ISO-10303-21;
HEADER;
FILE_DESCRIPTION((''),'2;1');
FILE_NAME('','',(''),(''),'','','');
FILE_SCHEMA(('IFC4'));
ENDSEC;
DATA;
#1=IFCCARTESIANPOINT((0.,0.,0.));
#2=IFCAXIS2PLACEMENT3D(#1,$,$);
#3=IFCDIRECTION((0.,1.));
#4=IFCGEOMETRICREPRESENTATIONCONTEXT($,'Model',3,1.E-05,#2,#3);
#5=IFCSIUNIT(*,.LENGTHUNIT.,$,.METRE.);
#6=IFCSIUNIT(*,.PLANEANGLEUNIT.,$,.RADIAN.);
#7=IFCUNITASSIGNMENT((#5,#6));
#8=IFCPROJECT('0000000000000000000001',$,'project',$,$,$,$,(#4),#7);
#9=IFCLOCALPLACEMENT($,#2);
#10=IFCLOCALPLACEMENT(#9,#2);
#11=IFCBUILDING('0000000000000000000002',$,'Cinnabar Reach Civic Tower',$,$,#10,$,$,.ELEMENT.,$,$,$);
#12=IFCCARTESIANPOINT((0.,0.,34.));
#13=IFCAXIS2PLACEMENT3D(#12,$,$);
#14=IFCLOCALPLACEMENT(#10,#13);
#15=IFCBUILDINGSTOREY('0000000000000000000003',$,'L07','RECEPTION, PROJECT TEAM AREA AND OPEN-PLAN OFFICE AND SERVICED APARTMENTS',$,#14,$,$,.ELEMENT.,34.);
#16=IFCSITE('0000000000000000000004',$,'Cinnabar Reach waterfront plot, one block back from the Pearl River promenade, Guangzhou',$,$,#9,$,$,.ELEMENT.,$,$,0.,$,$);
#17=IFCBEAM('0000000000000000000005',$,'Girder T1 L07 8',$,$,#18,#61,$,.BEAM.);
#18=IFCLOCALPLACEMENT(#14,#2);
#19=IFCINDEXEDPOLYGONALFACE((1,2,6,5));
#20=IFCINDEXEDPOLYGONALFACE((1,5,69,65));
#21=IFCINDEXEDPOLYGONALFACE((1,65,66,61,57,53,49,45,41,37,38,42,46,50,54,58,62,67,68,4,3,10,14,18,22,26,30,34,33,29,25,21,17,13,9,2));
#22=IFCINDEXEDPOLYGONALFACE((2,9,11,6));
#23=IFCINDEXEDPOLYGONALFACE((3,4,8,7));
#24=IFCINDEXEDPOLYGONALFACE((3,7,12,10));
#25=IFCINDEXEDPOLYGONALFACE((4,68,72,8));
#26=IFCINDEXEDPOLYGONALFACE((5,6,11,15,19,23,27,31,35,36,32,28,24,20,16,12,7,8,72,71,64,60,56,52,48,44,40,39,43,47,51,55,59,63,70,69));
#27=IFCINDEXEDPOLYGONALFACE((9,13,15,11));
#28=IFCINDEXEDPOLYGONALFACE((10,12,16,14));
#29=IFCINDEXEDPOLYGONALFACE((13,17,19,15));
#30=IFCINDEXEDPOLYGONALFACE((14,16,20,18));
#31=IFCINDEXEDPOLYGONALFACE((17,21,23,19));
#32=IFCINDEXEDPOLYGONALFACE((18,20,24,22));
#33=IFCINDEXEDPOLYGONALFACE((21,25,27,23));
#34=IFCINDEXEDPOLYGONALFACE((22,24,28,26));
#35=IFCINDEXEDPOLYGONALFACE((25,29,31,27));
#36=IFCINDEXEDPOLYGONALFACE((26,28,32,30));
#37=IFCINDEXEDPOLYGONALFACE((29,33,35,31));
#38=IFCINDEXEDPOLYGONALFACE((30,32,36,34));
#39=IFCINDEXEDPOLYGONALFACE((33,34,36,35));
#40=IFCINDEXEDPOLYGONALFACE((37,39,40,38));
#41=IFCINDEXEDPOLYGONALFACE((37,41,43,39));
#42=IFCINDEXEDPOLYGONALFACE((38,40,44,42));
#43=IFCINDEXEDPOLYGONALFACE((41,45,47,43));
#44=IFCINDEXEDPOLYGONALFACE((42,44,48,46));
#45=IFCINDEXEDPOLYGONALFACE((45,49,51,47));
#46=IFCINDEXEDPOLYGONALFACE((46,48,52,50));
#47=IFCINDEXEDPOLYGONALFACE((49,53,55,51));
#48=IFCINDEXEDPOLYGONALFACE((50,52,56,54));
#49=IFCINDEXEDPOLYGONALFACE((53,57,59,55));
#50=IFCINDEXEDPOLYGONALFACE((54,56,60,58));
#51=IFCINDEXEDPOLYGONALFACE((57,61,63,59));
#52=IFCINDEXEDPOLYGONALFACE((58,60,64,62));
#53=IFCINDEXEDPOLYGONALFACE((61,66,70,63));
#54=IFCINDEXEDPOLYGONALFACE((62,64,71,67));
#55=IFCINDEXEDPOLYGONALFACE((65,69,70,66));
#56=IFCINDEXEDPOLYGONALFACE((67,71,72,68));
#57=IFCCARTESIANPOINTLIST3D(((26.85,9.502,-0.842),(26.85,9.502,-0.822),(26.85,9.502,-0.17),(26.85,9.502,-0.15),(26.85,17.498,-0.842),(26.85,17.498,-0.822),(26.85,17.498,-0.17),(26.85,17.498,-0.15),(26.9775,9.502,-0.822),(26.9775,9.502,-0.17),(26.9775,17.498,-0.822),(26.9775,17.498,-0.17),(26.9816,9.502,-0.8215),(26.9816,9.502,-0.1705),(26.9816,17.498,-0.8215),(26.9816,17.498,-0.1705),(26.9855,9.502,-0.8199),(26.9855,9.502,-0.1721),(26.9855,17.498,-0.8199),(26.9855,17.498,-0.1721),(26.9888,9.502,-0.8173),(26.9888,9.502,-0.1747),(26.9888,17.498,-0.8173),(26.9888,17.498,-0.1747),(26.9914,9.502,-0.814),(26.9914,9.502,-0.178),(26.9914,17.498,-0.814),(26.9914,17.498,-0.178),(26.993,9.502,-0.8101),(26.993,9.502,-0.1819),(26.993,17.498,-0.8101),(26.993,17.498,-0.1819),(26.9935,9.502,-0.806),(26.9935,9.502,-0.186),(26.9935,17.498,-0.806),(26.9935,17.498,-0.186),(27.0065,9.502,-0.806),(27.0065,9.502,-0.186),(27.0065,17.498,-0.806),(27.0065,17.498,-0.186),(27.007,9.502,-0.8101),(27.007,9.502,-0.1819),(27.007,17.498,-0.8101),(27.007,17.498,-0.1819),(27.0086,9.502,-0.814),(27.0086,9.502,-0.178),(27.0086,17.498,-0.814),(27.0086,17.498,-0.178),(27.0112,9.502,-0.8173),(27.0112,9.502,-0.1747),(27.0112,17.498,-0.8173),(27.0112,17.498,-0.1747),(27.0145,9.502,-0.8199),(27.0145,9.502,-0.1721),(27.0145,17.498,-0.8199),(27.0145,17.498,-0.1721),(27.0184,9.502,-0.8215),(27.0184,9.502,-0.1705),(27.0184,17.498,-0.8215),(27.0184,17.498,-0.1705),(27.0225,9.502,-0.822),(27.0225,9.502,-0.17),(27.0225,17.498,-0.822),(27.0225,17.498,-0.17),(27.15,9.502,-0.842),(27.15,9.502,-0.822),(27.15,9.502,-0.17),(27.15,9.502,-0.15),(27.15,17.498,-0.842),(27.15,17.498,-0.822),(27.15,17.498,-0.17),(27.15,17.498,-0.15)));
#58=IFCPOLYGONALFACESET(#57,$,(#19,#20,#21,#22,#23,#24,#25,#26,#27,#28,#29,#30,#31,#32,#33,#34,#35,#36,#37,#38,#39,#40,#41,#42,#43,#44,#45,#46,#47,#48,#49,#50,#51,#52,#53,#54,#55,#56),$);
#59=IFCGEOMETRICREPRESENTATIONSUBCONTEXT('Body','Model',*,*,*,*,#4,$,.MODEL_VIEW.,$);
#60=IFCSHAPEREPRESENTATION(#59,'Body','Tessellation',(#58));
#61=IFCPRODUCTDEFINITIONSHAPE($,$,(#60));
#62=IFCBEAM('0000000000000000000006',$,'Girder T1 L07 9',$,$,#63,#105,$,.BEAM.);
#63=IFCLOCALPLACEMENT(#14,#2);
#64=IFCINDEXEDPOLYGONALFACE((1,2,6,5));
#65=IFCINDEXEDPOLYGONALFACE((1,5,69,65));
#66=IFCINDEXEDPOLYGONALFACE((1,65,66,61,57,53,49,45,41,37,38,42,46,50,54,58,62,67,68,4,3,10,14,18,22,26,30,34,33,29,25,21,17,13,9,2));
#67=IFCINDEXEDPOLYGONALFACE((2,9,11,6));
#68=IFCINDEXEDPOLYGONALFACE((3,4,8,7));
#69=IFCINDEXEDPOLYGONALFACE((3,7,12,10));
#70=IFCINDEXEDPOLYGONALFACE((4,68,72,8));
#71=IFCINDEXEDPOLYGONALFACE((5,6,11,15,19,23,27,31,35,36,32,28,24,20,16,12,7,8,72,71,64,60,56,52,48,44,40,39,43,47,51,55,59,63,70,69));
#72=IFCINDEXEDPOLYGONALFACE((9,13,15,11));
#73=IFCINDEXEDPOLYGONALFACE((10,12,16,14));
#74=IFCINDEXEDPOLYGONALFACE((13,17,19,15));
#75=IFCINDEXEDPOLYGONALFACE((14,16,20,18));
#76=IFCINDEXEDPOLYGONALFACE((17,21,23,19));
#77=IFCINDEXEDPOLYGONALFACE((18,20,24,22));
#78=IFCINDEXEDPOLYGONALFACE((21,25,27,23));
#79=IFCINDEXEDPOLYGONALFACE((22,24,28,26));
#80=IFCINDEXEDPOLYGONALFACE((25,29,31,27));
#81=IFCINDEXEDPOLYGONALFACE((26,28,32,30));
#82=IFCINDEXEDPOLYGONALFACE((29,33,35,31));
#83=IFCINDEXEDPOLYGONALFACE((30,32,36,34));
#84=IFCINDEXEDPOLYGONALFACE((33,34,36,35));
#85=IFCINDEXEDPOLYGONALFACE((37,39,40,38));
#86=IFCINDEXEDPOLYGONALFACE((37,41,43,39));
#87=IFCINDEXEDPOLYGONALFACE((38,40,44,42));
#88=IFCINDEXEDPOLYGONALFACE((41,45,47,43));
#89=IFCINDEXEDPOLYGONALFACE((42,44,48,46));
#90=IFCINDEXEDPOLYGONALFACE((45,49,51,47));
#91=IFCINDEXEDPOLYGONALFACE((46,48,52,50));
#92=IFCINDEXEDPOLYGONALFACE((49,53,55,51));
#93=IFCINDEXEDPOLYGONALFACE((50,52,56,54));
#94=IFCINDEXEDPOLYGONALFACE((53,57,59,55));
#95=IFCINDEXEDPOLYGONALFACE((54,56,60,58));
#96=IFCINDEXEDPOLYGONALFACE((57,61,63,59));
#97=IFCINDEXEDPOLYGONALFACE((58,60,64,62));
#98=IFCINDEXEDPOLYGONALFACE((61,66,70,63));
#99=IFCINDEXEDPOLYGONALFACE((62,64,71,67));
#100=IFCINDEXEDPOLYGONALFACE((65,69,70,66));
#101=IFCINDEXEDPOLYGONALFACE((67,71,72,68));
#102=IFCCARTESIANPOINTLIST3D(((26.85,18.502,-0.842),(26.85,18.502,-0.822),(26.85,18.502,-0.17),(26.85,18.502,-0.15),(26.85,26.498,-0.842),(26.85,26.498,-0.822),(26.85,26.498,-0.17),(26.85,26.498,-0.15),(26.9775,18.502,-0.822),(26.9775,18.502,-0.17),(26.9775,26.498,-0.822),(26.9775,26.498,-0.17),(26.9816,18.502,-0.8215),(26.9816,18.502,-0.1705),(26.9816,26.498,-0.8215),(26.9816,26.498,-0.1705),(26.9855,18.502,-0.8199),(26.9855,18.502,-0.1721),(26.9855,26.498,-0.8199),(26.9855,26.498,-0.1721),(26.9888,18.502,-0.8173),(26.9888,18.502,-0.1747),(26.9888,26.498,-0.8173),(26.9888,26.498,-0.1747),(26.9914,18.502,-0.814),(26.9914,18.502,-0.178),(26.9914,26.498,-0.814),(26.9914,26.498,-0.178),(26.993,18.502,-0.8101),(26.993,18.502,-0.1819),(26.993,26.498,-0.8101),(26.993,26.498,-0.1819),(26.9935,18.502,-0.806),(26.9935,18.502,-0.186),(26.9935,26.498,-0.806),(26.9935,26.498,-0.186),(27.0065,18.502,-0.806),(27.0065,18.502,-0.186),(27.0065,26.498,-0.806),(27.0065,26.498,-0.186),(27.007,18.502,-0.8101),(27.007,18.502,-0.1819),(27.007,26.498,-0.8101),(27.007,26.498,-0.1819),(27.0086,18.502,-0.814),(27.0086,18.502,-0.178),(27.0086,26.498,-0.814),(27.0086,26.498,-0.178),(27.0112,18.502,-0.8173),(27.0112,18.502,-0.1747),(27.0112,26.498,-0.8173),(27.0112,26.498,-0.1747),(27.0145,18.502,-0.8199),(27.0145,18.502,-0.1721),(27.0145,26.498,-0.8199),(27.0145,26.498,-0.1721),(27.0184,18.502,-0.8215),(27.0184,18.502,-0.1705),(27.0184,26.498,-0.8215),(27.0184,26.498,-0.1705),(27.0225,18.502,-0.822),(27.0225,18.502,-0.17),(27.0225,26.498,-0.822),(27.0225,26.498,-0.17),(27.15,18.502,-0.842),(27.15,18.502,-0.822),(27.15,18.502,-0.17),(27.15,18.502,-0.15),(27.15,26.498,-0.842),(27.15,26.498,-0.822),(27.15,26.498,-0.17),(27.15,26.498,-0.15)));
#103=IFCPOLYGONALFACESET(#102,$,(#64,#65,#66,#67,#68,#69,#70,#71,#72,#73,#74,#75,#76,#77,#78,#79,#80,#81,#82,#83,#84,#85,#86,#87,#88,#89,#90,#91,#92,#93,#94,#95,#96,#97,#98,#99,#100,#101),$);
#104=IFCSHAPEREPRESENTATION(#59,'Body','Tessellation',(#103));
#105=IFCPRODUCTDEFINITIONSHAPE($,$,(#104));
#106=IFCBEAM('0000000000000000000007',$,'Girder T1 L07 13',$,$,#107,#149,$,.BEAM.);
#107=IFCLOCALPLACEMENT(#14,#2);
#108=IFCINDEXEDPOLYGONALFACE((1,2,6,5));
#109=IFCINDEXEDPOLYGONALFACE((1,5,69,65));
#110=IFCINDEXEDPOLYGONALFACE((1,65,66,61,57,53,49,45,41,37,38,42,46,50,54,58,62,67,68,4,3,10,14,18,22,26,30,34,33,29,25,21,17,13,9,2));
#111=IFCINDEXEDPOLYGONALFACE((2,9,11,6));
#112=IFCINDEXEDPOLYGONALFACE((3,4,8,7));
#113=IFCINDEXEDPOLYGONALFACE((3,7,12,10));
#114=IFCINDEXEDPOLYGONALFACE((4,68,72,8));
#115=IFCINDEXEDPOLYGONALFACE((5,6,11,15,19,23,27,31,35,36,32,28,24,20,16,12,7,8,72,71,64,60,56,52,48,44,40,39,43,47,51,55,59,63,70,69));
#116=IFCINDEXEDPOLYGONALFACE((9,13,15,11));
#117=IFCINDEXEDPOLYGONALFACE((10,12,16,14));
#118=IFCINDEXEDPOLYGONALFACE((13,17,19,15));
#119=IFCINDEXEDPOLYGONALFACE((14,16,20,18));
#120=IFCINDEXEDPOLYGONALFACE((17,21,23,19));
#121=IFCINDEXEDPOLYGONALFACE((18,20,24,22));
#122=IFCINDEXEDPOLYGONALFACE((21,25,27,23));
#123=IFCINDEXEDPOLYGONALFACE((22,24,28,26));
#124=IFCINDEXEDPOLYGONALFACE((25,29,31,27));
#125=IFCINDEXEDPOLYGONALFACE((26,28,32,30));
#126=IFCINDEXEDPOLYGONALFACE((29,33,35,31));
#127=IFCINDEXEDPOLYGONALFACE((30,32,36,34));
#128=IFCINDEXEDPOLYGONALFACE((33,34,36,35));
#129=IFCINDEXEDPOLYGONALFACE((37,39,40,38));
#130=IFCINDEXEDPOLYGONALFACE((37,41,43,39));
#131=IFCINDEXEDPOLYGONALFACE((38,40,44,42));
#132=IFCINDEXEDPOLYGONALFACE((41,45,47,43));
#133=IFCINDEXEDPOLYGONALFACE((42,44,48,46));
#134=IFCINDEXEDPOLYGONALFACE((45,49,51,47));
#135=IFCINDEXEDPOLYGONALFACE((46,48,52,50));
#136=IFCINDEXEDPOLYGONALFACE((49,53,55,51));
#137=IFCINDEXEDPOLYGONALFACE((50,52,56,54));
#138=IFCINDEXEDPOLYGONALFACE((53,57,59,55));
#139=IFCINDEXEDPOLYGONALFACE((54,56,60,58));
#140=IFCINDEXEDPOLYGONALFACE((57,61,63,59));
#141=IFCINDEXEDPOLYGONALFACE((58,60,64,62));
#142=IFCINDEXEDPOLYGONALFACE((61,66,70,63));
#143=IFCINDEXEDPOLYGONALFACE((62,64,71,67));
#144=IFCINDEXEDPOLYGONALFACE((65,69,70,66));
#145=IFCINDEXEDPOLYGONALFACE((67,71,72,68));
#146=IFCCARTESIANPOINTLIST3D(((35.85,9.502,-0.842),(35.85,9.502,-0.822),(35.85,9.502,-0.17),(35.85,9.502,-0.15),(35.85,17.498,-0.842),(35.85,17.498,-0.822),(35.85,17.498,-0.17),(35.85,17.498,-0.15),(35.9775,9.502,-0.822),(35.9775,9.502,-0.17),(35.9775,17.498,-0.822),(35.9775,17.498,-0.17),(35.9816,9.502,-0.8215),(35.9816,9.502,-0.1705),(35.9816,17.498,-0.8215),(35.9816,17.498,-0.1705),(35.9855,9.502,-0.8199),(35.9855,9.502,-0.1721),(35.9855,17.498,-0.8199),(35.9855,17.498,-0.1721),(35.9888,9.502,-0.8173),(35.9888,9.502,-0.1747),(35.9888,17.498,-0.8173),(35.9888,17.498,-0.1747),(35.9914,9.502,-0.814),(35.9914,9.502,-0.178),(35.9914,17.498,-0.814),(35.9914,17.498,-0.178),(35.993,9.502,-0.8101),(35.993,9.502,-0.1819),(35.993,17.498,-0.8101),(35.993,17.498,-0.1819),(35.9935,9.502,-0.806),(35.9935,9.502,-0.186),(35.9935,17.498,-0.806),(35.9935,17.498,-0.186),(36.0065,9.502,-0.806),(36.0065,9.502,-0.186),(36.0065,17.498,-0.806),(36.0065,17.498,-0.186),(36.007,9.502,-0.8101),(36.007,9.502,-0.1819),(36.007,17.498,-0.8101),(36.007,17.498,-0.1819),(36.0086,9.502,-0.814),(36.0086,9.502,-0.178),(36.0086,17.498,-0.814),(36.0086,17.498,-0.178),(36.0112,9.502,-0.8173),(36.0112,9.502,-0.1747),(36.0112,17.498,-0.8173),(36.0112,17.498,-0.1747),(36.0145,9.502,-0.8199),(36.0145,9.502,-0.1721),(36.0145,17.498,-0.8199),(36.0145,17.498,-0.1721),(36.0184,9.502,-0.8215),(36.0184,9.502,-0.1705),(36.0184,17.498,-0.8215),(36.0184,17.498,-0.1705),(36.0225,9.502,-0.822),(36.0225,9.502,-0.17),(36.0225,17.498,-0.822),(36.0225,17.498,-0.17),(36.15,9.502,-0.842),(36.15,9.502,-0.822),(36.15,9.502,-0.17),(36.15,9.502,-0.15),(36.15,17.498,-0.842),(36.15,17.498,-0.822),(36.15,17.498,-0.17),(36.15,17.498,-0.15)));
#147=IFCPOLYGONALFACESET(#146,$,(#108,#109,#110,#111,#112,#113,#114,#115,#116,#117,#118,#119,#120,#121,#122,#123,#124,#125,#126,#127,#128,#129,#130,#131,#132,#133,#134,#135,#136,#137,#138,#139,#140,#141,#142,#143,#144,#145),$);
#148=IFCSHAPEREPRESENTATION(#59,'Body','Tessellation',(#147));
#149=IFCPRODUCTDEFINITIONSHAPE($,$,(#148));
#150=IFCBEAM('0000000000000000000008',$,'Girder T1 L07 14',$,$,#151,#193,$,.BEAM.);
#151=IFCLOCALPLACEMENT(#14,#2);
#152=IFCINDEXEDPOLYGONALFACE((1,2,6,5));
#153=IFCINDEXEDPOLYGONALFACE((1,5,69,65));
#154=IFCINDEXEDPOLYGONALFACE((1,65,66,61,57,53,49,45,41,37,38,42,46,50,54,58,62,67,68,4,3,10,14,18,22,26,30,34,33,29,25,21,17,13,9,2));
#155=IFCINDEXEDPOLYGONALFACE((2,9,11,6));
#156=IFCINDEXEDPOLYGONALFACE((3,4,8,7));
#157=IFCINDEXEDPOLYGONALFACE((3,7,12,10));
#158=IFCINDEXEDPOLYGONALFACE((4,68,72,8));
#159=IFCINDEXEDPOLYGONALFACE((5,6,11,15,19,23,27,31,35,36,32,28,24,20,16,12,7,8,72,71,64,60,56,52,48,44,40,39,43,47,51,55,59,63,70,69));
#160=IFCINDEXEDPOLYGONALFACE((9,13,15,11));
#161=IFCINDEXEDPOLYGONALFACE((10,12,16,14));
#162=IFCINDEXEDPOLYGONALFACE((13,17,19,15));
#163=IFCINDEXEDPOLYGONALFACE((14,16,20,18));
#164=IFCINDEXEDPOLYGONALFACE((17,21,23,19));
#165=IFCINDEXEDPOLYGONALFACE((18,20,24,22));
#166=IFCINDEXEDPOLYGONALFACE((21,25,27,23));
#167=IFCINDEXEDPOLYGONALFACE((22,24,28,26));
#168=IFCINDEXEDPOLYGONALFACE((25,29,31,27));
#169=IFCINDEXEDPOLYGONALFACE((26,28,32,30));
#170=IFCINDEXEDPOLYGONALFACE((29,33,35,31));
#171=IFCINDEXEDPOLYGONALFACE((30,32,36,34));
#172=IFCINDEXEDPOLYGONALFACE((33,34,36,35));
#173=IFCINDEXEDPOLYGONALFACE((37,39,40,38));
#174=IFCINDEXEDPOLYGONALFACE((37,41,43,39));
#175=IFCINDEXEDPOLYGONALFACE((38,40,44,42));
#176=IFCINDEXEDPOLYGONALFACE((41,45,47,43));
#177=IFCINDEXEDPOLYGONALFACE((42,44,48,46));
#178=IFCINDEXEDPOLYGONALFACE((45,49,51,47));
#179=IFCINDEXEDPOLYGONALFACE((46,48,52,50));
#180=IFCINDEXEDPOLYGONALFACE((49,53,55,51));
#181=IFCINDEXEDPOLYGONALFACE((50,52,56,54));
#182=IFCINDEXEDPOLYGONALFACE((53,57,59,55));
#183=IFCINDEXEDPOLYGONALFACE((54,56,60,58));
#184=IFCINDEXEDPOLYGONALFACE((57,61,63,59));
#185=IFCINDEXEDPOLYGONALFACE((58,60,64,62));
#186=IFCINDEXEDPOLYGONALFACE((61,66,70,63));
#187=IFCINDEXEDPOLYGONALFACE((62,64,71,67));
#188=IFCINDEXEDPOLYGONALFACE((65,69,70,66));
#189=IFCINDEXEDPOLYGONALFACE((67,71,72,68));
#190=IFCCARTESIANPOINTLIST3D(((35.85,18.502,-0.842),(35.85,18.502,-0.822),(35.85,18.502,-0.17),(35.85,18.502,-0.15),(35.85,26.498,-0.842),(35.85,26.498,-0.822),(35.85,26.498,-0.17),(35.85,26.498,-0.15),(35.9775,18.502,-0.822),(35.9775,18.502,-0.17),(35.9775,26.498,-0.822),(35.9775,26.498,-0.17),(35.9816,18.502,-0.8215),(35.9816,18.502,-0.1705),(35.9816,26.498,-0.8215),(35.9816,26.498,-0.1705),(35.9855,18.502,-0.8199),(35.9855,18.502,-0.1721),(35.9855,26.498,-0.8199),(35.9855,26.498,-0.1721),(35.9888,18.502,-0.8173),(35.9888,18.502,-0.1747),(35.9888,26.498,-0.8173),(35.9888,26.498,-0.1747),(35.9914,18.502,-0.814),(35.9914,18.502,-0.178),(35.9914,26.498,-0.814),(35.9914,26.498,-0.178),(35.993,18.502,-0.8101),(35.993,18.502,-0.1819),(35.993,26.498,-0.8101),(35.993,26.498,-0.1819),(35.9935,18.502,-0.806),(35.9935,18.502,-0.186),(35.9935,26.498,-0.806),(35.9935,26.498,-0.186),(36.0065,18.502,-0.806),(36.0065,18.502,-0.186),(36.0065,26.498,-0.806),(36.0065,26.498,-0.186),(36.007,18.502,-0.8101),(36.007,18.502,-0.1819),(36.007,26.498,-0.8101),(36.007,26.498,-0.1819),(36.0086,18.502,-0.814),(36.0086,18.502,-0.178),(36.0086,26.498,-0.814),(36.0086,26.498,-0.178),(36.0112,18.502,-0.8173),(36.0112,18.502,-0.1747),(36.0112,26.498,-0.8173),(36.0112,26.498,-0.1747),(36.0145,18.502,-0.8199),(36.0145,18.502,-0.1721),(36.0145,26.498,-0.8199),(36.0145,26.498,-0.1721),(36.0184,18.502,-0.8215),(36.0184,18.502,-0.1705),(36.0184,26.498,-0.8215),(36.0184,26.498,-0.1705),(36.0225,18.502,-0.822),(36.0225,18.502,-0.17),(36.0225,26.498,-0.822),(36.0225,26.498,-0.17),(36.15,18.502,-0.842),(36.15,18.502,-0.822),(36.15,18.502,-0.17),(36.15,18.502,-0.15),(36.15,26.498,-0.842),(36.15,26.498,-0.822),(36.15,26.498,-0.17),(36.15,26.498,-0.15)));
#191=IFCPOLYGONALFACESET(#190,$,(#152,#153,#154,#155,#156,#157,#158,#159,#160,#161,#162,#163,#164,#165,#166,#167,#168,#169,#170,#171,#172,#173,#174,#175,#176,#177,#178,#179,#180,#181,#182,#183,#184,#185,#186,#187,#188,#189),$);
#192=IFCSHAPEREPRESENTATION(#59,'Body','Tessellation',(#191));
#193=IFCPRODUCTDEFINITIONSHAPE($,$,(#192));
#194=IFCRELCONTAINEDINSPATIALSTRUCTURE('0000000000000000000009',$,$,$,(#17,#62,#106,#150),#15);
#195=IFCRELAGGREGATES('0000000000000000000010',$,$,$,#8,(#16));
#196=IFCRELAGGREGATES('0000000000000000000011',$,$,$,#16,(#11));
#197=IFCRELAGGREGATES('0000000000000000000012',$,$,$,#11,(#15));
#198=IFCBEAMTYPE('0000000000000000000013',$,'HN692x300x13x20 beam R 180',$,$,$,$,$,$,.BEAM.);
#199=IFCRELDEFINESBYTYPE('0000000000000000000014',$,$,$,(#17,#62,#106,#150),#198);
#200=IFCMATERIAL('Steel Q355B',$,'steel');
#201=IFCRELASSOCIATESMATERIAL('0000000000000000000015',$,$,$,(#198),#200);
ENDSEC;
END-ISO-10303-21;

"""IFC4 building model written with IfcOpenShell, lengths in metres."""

from ifc_helpers import new_model, si_unit, direction, frame, origin, origin_2d, place, context, subcontext, project, spatial, i_section, extrude, material, material_profile, profile_set, type_object, element, save


model = new_model("IFC4")

# Units and contexts
model_context = context("Model", 3, precision=1e-05, world=origin(), true_north=direction((0.0, 1.0)))
body_context = subcontext(model_context, "Body", "Model", "MODEL_VIEW")
ifc_project = project(units=[si_unit("LENGTHUNIT", "METRE"), si_unit("PLANEANGLEUNIT", "RADIAN")], contexts=[model_context])

# Site, building, storey
site_placement = place(None, origin())
site = spatial("IfcSite", under=ifc_project, at=site_placement, Name="Cinnabar Reach waterfront plot, one block back from the Pearl River promenade, Guangzhou", CompositionType="ELEMENT", RefElevation=0.0)
building_placement = place(site_placement, origin())
building = spatial("IfcBuilding", under=site, at=building_placement, Name="Cinnabar Reach Civic Tower", CompositionType="ELEMENT")
storey_placement = place(building_placement, frame((0.0, 0.0, 34.0)))
storey = spatial("IfcBuildingStorey", under=building, at=storey_placement, Name="L07", Description="RECEPTION, PROJECT TEAM AREA AND OPEN-PLAN OFFICE AND SERVICED APARTMENTS", CompositionType="ELEMENT", Elevation=34.0)

# Beams
ifc_material_1 = material(Name="Steel Q355B", Category="steel")
ifc_material_profile_1 = material_profile(ifc_material_1, i_section(OverallWidth=0.3, OverallDepth=0.692, WebThickness=0.013, FlangeThickness=0.02, FilletRadius=0.016, at=origin_2d()), Name="HN692x300x13x20")
ifc_profile_set_1 = profile_set([ifc_material_profile_1], Name="Steel Q355B")
beam_type_1 = type_object("IfcBeamType", Name="HN692x300x13x20 beam R 180", PredefinedType="BEAM", material=ifc_profile_set_1)
for number, where, z_axis, x_axis, name in (
    (1, (27.0, 9.502, -0.496), (0.0, 1.0, 0.0), (-1.0, 0.0, 0.0), "Girder T1 L07 8"),
    (2, (27.0, 18.502, -0.496), (0.0, 1.0, 0.0), (-1.0, 0.0, 0.0), "Girder T1 L07 9"),
    (3, (36.0, 9.502, -0.496), (0.0, 1.0, 0.0), (-1.0, 0.0, 0.0), "Girder T1 L07 13"),
    (4, (36.0, 18.502, -0.496), (0.0, 1.0, 0.0), (-1.0, 0.0, 0.0), "Girder T1 L07 14"),
):
    element("IfcBeam", number, at=place(storey_placement, frame(where, z_axis=z_axis, x_axis=x_axis)), inside=storey, type_object=beam_type_1, Name=name, PredefinedType="BEAM", context=body_context, shape_type="SweptSolid", body=[
        extrude(i_section(OverallWidth=0.3, OverallDepth=0.692, WebThickness=0.013, FlangeThickness=0.02, FilletRadius=0.016, at=origin_2d()), origin(), (0.0, 0.0, 1.0), 7.996),
    ])

save(model, "model.ifc")
